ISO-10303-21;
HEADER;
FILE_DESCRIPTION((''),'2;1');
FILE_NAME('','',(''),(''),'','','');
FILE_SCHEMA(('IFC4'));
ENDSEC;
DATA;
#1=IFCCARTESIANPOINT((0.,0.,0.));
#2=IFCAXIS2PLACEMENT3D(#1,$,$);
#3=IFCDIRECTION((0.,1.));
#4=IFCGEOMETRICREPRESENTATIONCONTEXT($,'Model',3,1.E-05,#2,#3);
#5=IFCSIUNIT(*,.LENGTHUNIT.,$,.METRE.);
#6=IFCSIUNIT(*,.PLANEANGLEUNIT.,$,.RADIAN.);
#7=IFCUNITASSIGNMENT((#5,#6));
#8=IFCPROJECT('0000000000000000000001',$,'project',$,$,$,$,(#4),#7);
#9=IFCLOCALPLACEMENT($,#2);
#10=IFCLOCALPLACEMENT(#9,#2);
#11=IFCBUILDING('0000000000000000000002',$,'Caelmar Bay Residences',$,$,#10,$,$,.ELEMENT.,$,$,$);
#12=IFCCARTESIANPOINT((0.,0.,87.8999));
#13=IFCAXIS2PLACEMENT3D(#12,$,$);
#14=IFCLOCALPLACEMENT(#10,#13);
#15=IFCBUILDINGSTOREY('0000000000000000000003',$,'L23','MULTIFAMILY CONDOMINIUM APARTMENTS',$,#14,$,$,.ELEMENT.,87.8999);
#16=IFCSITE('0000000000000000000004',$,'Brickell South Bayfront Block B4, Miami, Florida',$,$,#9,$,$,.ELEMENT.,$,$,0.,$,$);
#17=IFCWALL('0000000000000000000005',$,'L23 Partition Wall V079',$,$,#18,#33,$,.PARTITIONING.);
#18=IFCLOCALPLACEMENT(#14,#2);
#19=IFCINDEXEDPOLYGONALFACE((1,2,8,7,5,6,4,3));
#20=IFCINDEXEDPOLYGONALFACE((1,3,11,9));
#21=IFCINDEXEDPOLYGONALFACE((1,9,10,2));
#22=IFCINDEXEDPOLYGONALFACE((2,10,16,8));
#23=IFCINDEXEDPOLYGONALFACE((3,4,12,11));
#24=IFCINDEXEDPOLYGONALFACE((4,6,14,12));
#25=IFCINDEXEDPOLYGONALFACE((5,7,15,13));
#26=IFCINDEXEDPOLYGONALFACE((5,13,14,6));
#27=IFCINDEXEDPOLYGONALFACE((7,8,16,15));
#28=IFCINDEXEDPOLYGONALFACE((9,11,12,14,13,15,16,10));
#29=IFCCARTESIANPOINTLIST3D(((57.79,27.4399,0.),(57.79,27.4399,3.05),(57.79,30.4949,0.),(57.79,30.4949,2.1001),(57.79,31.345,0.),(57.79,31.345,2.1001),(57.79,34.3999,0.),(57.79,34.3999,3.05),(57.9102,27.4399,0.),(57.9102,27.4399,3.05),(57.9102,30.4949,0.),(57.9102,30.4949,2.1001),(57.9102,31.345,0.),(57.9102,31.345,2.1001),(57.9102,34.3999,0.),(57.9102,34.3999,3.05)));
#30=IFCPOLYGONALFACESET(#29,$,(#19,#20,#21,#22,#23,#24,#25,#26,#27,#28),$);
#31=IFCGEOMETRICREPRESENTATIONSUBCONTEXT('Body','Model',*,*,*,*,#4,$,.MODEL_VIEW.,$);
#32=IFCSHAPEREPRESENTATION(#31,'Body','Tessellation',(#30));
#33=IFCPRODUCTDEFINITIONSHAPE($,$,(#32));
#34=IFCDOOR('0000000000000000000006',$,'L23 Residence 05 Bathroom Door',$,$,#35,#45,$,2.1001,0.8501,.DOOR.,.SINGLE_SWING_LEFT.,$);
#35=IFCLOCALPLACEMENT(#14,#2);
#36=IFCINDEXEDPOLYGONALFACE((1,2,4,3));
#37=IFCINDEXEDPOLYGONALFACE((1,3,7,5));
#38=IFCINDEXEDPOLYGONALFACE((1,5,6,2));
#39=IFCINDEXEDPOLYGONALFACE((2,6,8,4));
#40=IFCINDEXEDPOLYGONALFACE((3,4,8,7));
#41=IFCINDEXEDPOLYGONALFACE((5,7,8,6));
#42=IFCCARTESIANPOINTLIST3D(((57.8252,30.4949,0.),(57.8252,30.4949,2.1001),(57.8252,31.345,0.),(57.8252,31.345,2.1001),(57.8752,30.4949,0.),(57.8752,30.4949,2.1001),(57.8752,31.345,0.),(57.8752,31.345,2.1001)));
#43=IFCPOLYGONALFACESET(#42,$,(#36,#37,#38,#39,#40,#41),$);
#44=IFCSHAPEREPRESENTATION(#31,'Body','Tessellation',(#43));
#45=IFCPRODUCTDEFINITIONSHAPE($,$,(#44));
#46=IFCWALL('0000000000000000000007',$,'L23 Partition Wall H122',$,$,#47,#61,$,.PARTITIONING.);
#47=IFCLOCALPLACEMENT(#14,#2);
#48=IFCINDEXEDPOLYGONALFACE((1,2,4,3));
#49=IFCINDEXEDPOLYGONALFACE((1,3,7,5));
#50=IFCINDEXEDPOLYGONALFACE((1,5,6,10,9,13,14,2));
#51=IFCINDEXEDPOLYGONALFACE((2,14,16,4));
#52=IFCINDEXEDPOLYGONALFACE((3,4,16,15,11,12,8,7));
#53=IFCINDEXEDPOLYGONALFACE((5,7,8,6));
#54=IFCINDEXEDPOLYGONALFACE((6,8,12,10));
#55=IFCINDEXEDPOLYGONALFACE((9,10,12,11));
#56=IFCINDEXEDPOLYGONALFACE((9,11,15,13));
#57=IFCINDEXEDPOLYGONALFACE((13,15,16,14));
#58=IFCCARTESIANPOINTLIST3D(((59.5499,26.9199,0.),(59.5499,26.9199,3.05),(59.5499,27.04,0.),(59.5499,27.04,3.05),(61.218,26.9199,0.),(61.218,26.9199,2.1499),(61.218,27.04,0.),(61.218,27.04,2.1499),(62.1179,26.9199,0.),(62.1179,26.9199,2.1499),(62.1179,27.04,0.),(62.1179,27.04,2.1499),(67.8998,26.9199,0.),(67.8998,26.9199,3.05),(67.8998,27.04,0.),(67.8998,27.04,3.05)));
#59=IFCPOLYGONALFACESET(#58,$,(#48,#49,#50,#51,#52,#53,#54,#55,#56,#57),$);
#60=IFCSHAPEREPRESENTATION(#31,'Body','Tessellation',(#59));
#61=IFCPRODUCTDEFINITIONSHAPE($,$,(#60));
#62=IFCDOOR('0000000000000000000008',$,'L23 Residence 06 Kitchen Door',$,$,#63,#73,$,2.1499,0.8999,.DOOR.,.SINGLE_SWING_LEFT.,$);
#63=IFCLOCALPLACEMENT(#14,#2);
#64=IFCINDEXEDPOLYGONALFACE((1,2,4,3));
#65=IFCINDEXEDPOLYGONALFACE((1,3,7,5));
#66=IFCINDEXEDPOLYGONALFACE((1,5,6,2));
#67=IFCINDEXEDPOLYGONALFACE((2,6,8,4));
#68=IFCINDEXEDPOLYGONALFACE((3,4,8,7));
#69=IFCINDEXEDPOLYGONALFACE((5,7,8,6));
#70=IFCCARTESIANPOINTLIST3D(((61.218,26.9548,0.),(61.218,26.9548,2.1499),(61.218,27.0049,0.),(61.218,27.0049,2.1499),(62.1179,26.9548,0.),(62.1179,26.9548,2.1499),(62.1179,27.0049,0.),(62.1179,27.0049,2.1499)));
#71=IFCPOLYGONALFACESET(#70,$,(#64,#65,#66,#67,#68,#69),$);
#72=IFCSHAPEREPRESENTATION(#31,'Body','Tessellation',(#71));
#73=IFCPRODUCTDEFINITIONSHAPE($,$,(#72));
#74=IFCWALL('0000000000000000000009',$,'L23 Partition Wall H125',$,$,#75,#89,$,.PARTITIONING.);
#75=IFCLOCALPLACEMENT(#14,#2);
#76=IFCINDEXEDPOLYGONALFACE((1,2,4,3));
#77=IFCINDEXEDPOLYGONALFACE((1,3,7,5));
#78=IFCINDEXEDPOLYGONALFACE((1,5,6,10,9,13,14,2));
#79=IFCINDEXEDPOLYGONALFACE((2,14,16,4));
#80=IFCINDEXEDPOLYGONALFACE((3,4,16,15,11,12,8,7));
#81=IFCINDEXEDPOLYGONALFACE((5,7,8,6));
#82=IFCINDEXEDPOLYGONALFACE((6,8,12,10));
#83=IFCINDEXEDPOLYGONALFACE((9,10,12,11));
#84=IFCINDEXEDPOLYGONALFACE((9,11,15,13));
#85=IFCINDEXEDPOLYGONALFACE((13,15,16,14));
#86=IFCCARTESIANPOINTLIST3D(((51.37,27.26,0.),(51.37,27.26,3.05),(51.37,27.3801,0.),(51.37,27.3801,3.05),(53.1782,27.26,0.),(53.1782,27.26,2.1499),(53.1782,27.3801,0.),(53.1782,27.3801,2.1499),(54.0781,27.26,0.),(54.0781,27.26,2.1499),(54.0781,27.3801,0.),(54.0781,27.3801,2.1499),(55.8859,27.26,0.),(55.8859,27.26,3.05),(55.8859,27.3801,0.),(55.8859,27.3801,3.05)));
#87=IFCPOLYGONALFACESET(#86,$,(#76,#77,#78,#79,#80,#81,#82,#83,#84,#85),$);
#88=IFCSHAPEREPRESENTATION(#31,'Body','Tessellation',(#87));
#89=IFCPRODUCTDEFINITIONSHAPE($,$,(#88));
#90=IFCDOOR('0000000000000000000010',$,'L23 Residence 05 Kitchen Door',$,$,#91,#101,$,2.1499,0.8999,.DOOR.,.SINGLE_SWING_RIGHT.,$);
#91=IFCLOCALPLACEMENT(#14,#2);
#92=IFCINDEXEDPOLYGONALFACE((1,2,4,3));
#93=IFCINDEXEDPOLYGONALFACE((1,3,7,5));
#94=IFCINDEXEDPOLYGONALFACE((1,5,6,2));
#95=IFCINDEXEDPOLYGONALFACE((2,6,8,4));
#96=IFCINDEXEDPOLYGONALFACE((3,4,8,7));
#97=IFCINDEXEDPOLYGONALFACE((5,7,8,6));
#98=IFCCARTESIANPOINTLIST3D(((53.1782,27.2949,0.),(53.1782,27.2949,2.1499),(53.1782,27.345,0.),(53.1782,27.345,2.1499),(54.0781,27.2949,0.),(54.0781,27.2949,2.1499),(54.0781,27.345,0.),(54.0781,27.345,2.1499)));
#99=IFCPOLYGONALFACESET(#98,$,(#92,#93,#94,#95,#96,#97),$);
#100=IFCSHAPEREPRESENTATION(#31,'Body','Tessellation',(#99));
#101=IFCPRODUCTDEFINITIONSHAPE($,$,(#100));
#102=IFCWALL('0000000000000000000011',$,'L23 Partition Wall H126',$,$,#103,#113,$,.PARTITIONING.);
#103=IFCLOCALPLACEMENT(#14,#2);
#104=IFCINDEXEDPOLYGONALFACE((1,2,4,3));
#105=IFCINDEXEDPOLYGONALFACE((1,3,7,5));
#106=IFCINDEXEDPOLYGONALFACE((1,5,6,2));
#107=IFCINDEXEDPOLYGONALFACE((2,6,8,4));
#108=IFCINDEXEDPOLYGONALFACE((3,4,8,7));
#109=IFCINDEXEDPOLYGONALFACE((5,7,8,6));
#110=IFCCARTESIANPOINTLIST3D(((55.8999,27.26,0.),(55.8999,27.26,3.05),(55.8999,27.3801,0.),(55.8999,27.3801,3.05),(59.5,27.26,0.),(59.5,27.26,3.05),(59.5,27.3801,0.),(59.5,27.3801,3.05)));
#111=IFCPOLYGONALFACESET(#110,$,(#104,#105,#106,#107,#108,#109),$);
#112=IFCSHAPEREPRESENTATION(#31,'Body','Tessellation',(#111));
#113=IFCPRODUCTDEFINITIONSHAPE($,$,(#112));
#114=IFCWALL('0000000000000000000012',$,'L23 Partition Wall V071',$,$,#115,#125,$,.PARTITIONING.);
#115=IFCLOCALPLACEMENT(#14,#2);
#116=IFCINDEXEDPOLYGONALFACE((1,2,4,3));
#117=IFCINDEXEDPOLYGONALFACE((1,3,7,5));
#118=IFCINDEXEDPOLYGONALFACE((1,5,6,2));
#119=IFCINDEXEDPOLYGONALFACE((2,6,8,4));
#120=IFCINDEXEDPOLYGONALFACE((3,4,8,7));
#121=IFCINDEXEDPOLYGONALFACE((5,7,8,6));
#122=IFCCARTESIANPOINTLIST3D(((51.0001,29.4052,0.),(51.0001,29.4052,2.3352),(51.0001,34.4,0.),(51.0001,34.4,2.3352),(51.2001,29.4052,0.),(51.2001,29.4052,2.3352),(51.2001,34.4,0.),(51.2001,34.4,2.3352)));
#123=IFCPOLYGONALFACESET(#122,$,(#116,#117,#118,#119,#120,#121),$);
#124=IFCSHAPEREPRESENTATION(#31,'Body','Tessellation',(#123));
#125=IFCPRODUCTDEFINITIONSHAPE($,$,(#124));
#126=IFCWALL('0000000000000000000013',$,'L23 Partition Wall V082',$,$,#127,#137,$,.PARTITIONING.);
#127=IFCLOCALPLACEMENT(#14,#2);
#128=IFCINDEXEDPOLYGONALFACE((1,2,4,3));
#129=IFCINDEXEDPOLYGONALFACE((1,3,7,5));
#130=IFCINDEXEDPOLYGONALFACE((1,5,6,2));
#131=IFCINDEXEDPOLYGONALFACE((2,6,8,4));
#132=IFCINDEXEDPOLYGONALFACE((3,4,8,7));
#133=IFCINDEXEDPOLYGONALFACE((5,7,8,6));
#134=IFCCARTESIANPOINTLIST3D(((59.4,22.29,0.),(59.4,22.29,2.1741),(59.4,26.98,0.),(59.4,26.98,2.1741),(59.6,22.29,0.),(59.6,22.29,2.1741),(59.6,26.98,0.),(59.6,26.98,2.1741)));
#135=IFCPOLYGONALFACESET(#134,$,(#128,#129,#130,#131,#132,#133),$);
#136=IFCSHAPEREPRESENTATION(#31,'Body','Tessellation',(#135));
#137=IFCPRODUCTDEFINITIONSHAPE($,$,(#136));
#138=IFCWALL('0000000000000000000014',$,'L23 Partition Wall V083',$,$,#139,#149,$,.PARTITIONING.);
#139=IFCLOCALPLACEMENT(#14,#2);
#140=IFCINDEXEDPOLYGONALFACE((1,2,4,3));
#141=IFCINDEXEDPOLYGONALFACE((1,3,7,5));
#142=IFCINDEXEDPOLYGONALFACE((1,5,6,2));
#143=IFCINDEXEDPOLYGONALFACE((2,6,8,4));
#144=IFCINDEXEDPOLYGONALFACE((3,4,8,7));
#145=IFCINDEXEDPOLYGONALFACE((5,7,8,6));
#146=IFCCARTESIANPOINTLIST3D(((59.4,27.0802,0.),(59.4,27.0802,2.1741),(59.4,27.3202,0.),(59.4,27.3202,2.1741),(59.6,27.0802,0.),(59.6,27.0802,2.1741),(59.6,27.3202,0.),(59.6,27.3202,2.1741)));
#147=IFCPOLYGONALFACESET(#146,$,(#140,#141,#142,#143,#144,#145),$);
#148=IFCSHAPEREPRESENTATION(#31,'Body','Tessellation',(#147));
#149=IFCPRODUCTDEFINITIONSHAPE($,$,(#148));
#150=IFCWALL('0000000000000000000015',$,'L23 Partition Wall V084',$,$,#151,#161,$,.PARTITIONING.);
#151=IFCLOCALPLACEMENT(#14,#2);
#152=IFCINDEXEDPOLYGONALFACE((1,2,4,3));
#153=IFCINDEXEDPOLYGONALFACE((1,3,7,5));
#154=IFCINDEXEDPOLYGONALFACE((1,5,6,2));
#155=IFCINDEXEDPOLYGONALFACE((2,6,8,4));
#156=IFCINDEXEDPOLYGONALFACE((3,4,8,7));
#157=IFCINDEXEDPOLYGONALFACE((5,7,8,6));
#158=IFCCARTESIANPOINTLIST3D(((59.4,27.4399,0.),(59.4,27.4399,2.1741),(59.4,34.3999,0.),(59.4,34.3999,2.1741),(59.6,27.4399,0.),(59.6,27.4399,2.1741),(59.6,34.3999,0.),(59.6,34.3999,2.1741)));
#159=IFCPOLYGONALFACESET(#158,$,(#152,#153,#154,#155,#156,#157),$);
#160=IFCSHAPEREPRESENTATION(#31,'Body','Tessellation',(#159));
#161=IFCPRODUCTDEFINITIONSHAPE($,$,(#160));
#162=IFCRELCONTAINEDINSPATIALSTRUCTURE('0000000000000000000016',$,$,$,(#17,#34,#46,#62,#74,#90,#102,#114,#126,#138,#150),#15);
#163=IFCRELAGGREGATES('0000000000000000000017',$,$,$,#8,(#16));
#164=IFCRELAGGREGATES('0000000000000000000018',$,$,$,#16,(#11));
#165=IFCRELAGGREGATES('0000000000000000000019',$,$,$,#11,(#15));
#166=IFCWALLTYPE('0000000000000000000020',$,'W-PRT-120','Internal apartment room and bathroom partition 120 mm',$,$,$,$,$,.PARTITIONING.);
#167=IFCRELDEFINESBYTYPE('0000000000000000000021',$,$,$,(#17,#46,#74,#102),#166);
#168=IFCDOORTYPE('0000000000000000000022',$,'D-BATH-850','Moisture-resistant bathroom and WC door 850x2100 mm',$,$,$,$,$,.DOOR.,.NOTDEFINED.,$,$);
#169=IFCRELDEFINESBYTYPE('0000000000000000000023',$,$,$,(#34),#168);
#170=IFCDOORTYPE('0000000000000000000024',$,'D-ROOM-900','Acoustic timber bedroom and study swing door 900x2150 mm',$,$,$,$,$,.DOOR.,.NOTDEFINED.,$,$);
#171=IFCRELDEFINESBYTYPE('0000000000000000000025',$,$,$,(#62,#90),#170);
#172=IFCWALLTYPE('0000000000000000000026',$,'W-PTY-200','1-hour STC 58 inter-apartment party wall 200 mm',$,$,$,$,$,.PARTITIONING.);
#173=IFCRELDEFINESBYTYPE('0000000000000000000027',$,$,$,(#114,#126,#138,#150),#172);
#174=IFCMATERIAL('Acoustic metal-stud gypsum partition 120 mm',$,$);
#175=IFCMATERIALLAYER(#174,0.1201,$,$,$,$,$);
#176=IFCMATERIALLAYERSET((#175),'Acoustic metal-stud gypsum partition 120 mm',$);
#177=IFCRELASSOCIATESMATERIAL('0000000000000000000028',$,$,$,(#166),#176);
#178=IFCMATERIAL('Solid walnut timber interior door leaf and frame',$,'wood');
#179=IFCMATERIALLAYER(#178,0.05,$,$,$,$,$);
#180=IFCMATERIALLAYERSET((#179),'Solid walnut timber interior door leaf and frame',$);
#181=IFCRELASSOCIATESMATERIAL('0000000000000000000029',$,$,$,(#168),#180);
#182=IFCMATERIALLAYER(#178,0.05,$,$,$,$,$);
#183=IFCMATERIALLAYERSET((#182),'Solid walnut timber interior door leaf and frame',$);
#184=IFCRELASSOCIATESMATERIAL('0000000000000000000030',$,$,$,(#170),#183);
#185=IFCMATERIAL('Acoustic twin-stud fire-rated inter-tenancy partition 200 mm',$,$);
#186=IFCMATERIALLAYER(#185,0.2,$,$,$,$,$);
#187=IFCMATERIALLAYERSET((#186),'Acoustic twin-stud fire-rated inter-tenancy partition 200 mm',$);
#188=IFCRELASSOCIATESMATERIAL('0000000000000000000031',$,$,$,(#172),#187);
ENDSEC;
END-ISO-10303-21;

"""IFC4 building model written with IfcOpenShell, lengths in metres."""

from ifc_helpers import new_model, si_unit, direction, frame, frame_2d, origin, place, context, subcontext, project, spatial, rectangle, extrude, material, layer, layer_set, type_object, element, fill, save


model = new_model("IFC4")

# Units and contexts
model_context = context("Model", 3, precision=1e-05, world=origin(), true_north=direction((0.0, 1.0)))
body_context = subcontext(model_context, "Body", "Model", "MODEL_VIEW")
ifc_project = project(units=[si_unit("LENGTHUNIT", "METRE"), si_unit("PLANEANGLEUNIT", "RADIAN")], contexts=[model_context])

# Site, building, storey
site_placement = place(None, origin())
site = spatial("IfcSite", under=ifc_project, at=site_placement, Name="Brickell South Bayfront Block B4, Miami, Florida", CompositionType="ELEMENT", RefElevation=0.0)
building_placement = place(site_placement, origin())
building = spatial("IfcBuilding", under=site, at=building_placement, Name="Caelmar Bay Residences", CompositionType="ELEMENT")
storey_placement = place(building_placement, frame((0.0, 0.0, 87.8999)))
storey = spatial("IfcBuildingStorey", under=building, at=storey_placement, Name="L23", Description="MULTIFAMILY CONDOMINIUM APARTMENTS", CompositionType="ELEMENT", Elevation=87.8999)

# Shared definitions
ifc_material_1 = material(Name="Acoustic metal-stud gypsum partition 120 mm")
ifc_layer_1 = layer(ifc_material_1, 0.1201)
ifc_layer_set_1 = layer_set([ifc_layer_1], Name="Acoustic metal-stud gypsum partition 120 mm")
wall_type_1 = type_object("IfcWallType", Name="W-PRT-120", Description="Internal apartment room and bathroom partition 120 mm", PredefinedType="PARTITIONING", material=ifc_layer_set_1)

# Shared definitions
ifc_material_2 = material(Name="Solid walnut timber interior door leaf and frame", Category="wood")
ifc_layer_2 = layer(ifc_material_2, 0.05)
ifc_layer_set_2 = layer_set([ifc_layer_2], Name="Solid walnut timber interior door leaf and frame")
door_type_1 = type_object("IfcDoorType", Name="D-BATH-850", Description="Moisture-resistant bathroom and WC door 850x2100 mm", OperationType="NOTDEFINED", PredefinedType="DOOR", material=ifc_layer_set_2)
ifc_layer_3 = layer(ifc_material_2, 0.05)
ifc_layer_set_3 = layer_set([ifc_layer_3], Name="Solid walnut timber interior door leaf and frame")
door_type_2 = type_object("IfcDoorType", Name="D-ROOM-900", Description="Acoustic timber bedroom and study swing door 900x2150 mm", OperationType="NOTDEFINED", PredefinedType="DOOR", material=ifc_layer_set_3)

# Walls, openings, doors
wall_1_placement = place(storey_placement, frame((57.8501, 27.4399, 0.0), z_axis=(0.0, 0.0, 1.0), x_axis=(0.0, 1.0, 0.0)))
wall_1 = element("IfcWall", 1, at=wall_1_placement, inside=storey, type_object=wall_type_1, Name="L23 Partition Wall V079", PredefinedType="PARTITIONING", context=body_context, shape_type="SweptSolid", body=[
    extrude(rectangle(XDim=6.96, YDim=0.1201, at=frame_2d((3.48, 0.0))), origin(), (0.0, 0.0, 1.0), 3.05),
])
opening_1_placement = place(wall_1_placement, frame((3.0549, 0.0, 0.0)))
opening_1 = element("IfcOpeningElement", 2, at=opening_1_placement, cuts=wall_1, PredefinedType="OPENING", context=body_context, shape_type="SweptSolid", body=[
    extrude(rectangle(XDim=0.8501, YDim=2.1001, at=frame_2d((0.425, 1.05))), frame((0.0, 0.0701, 0.0), z_axis=(0.0, -1.0, 0.0), x_axis=(1.0, 0.0, 0.0)), (0.0, 0.0, 1.0), 0.1401),
])
door_1_placement = place(opening_1_placement, origin())
door_1 = element("IfcDoor", 3, at=door_1_placement, inside=storey, type_object=door_type_1, Name="L23 Residence 05 Bathroom Door", OperationType="SINGLE_SWING_LEFT", OverallHeight=2.1001, OverallWidth=0.8501, PredefinedType="DOOR", context=body_context, shape_type="SweptSolid", body=[
    extrude(rectangle(XDim=0.8501, YDim=2.1001, at=frame_2d((0.425, 1.05))), frame((0.0, 0.0249, 0.0), z_axis=(0.0, -1.0, 0.0), x_axis=(1.0, 0.0, 0.0)), (0.0, 0.0, 1.0), 0.05),
])
fill(opening_1, door_1)
wall_2_placement = place(storey_placement, frame((59.55, 26.98, 0.0), z_axis=(0.0, 0.0, 1.0), x_axis=(1.0, 0.0, 0.0)))
wall_2 = element("IfcWall", 4, at=wall_2_placement, inside=storey, type_object=wall_type_1, Name="L23 Partition Wall H122", PredefinedType="PARTITIONING", context=body_context, shape_type="SweptSolid", body=[
    extrude(rectangle(XDim=8.3499, YDim=0.1201, at=frame_2d((4.1748, 0.0))), origin(), (0.0, 0.0, 1.0), 3.05),
])
opening_2_placement = place(wall_2_placement, frame((1.668, 0.0, 0.0)))
opening_2 = element("IfcOpeningElement", 5, at=opening_2_placement, cuts=wall_2, PredefinedType="OPENING", context=body_context, shape_type="SweptSolid", body=[
    extrude(rectangle(XDim=0.8999, YDim=2.1499, at=frame_2d((0.45, 1.075))), frame((0.0, 0.0701, 0.0), z_axis=(0.0, -1.0, 0.0), x_axis=(1.0, 0.0, 0.0)), (0.0, 0.0, 1.0), 0.1401),
])
door_2_placement = place(opening_2_placement, origin())
door_2 = element("IfcDoor", 6, at=door_2_placement, inside=storey, type_object=door_type_2, Name="L23 Residence 06 Kitchen Door", OperationType="SINGLE_SWING_LEFT", OverallHeight=2.1499, OverallWidth=0.8999, PredefinedType="DOOR", context=body_context, shape_type="SweptSolid", body=[
    extrude(rectangle(XDim=0.8999, YDim=2.1499, at=frame_2d((0.45, 1.075))), frame((0.0, 0.0249, 0.0), z_axis=(0.0, -1.0, 0.0), x_axis=(1.0, 0.0, 0.0)), (0.0, 0.0, 1.0), 0.05),
])
fill(opening_2, door_2)
wall_3_placement = place(storey_placement, frame((51.3701, 27.3201, 0.0), z_axis=(0.0, 0.0, 1.0), x_axis=(1.0, 0.0, 0.0)))
wall_3 = element("IfcWall", 7, at=wall_3_placement, inside=storey, type_object=wall_type_1, Name="L23 Partition Wall H125", PredefinedType="PARTITIONING", context=body_context, shape_type="SweptSolid", body=[
    extrude(rectangle(XDim=4.5159, YDim=0.1201, at=frame_2d((2.2578, 0.0))), origin(), (0.0, 0.0, 1.0), 3.05),
])
opening_3_placement = place(wall_3_placement, frame((1.8081, 0.0, 0.0)))
opening_3 = element("IfcOpeningElement", 8, at=opening_3_placement, cuts=wall_3, PredefinedType="OPENING", context=body_context, shape_type="SweptSolid", body=[
    extrude(rectangle(XDim=0.8999, YDim=2.1499, at=frame_2d((0.45, 1.075))), frame((0.0, 0.0701, 0.0), z_axis=(0.0, -1.0, 0.0), x_axis=(1.0, 0.0, 0.0)), (0.0, 0.0, 1.0), 0.1401),
])
door_3_placement = place(opening_3_placement, origin())
door_3 = element("IfcDoor", 9, at=door_3_placement, inside=storey, type_object=door_type_2, Name="L23 Residence 05 Kitchen Door", OperationType="SINGLE_SWING_RIGHT", OverallHeight=2.1499, OverallWidth=0.8999, PredefinedType="DOOR", context=body_context, shape_type="SweptSolid", body=[
    extrude(rectangle(XDim=0.8999, YDim=2.1499, at=frame_2d((0.45, 1.075))), frame((0.0, 0.0249, 0.0), z_axis=(0.0, -1.0, 0.0), x_axis=(1.0, 0.0, 0.0)), (0.0, 0.0, 1.0), 0.05),
])
fill(opening_3, door_3)

# Walls
wall_4_placement = place(storey_placement, frame((55.8999, 27.3201, 0.0), z_axis=(0.0, 0.0, 1.0), x_axis=(1.0, 0.0, 0.0)))
element("IfcWall", 10, at=wall_4_placement, inside=storey, type_object=wall_type_1, Name="L23 Partition Wall H126", PredefinedType="PARTITIONING", context=body_context, shape_type="SweptSolid", body=[
    extrude(rectangle(XDim=3.6001, YDim=0.1201, at=frame_2d((1.8, 0.0))), origin(), (0.0, 0.0, 1.0), 3.05),
])
ifc_material_3 = material(Name="Acoustic twin-stud fire-rated inter-tenancy partition 200 mm")
ifc_layer_4 = layer(ifc_material_3, 0.2)
ifc_layer_set_4 = layer_set([ifc_layer_4], Name="Acoustic twin-stud fire-rated inter-tenancy partition 200 mm")
wall_type_2 = type_object("IfcWallType", Name="W-PTY-200", Description="1-hour STC 58 inter-apartment party wall 200 mm", PredefinedType="PARTITIONING", material=ifc_layer_set_4)
wall_5_placement = place(storey_placement, frame((51.1001, 29.405, 0.0), z_axis=(0.0, 0.0, 1.0), x_axis=(0.0, 1.0, 0.0)))
element("IfcWall", 11, at=wall_5_placement, inside=storey, type_object=wall_type_2, Name="L23 Partition Wall V071", PredefinedType="PARTITIONING", context=body_context, shape_type="SweptSolid", body=[
    extrude(rectangle(XDim=4.9949, YDim=0.2, at=frame_2d((2.4976, 0.0))), origin(), (0.0, 0.0, 1.0), 2.3352),
])
wall_6_placement = place(storey_placement, frame((59.5, 22.29, 0.0), z_axis=(0.0, 0.0, 1.0), x_axis=(0.0, 1.0, 0.0)))
element("IfcWall", 12, at=wall_6_placement, inside=storey, type_object=wall_type_2, Name="L23 Partition Wall V082", PredefinedType="PARTITIONING", context=body_context, shape_type="SweptSolid", body=[
    extrude(rectangle(XDim=4.6899, YDim=0.2, at=frame_2d((2.345, 0.0))), origin(), (0.0, 0.0, 1.0), 2.1741),
])
wall_7_placement = place(storey_placement, frame((59.5, 27.0801, 0.0), z_axis=(0.0, 0.0, 1.0), x_axis=(0.0, 1.0, 0.0)))
element("IfcWall", 13, at=wall_7_placement, inside=storey, type_object=wall_type_2, Name="L23 Partition Wall V083", PredefinedType="PARTITIONING", context=body_context, shape_type="SweptSolid", body=[
    extrude(rectangle(XDim=0.24, YDim=0.2, at=frame_2d((0.1201, 0.0))), origin(), (0.0, 0.0, 1.0), 2.1741),
])
wall_8_placement = place(storey_placement, frame((59.5, 27.4399, 0.0), z_axis=(0.0, 0.0, 1.0), x_axis=(0.0, 1.0, 0.0)))
element("IfcWall", 14, at=wall_8_placement, inside=storey, type_object=wall_type_2, Name="L23 Partition Wall V084", PredefinedType="PARTITIONING", context=body_context, shape_type="SweptSolid", body=[
    extrude(rectangle(XDim=6.96, YDim=0.2, at=frame_2d((3.48, 0.0))), origin(), (0.0, 0.0, 1.0), 2.1741),
])

save(model, "model.ifc")
